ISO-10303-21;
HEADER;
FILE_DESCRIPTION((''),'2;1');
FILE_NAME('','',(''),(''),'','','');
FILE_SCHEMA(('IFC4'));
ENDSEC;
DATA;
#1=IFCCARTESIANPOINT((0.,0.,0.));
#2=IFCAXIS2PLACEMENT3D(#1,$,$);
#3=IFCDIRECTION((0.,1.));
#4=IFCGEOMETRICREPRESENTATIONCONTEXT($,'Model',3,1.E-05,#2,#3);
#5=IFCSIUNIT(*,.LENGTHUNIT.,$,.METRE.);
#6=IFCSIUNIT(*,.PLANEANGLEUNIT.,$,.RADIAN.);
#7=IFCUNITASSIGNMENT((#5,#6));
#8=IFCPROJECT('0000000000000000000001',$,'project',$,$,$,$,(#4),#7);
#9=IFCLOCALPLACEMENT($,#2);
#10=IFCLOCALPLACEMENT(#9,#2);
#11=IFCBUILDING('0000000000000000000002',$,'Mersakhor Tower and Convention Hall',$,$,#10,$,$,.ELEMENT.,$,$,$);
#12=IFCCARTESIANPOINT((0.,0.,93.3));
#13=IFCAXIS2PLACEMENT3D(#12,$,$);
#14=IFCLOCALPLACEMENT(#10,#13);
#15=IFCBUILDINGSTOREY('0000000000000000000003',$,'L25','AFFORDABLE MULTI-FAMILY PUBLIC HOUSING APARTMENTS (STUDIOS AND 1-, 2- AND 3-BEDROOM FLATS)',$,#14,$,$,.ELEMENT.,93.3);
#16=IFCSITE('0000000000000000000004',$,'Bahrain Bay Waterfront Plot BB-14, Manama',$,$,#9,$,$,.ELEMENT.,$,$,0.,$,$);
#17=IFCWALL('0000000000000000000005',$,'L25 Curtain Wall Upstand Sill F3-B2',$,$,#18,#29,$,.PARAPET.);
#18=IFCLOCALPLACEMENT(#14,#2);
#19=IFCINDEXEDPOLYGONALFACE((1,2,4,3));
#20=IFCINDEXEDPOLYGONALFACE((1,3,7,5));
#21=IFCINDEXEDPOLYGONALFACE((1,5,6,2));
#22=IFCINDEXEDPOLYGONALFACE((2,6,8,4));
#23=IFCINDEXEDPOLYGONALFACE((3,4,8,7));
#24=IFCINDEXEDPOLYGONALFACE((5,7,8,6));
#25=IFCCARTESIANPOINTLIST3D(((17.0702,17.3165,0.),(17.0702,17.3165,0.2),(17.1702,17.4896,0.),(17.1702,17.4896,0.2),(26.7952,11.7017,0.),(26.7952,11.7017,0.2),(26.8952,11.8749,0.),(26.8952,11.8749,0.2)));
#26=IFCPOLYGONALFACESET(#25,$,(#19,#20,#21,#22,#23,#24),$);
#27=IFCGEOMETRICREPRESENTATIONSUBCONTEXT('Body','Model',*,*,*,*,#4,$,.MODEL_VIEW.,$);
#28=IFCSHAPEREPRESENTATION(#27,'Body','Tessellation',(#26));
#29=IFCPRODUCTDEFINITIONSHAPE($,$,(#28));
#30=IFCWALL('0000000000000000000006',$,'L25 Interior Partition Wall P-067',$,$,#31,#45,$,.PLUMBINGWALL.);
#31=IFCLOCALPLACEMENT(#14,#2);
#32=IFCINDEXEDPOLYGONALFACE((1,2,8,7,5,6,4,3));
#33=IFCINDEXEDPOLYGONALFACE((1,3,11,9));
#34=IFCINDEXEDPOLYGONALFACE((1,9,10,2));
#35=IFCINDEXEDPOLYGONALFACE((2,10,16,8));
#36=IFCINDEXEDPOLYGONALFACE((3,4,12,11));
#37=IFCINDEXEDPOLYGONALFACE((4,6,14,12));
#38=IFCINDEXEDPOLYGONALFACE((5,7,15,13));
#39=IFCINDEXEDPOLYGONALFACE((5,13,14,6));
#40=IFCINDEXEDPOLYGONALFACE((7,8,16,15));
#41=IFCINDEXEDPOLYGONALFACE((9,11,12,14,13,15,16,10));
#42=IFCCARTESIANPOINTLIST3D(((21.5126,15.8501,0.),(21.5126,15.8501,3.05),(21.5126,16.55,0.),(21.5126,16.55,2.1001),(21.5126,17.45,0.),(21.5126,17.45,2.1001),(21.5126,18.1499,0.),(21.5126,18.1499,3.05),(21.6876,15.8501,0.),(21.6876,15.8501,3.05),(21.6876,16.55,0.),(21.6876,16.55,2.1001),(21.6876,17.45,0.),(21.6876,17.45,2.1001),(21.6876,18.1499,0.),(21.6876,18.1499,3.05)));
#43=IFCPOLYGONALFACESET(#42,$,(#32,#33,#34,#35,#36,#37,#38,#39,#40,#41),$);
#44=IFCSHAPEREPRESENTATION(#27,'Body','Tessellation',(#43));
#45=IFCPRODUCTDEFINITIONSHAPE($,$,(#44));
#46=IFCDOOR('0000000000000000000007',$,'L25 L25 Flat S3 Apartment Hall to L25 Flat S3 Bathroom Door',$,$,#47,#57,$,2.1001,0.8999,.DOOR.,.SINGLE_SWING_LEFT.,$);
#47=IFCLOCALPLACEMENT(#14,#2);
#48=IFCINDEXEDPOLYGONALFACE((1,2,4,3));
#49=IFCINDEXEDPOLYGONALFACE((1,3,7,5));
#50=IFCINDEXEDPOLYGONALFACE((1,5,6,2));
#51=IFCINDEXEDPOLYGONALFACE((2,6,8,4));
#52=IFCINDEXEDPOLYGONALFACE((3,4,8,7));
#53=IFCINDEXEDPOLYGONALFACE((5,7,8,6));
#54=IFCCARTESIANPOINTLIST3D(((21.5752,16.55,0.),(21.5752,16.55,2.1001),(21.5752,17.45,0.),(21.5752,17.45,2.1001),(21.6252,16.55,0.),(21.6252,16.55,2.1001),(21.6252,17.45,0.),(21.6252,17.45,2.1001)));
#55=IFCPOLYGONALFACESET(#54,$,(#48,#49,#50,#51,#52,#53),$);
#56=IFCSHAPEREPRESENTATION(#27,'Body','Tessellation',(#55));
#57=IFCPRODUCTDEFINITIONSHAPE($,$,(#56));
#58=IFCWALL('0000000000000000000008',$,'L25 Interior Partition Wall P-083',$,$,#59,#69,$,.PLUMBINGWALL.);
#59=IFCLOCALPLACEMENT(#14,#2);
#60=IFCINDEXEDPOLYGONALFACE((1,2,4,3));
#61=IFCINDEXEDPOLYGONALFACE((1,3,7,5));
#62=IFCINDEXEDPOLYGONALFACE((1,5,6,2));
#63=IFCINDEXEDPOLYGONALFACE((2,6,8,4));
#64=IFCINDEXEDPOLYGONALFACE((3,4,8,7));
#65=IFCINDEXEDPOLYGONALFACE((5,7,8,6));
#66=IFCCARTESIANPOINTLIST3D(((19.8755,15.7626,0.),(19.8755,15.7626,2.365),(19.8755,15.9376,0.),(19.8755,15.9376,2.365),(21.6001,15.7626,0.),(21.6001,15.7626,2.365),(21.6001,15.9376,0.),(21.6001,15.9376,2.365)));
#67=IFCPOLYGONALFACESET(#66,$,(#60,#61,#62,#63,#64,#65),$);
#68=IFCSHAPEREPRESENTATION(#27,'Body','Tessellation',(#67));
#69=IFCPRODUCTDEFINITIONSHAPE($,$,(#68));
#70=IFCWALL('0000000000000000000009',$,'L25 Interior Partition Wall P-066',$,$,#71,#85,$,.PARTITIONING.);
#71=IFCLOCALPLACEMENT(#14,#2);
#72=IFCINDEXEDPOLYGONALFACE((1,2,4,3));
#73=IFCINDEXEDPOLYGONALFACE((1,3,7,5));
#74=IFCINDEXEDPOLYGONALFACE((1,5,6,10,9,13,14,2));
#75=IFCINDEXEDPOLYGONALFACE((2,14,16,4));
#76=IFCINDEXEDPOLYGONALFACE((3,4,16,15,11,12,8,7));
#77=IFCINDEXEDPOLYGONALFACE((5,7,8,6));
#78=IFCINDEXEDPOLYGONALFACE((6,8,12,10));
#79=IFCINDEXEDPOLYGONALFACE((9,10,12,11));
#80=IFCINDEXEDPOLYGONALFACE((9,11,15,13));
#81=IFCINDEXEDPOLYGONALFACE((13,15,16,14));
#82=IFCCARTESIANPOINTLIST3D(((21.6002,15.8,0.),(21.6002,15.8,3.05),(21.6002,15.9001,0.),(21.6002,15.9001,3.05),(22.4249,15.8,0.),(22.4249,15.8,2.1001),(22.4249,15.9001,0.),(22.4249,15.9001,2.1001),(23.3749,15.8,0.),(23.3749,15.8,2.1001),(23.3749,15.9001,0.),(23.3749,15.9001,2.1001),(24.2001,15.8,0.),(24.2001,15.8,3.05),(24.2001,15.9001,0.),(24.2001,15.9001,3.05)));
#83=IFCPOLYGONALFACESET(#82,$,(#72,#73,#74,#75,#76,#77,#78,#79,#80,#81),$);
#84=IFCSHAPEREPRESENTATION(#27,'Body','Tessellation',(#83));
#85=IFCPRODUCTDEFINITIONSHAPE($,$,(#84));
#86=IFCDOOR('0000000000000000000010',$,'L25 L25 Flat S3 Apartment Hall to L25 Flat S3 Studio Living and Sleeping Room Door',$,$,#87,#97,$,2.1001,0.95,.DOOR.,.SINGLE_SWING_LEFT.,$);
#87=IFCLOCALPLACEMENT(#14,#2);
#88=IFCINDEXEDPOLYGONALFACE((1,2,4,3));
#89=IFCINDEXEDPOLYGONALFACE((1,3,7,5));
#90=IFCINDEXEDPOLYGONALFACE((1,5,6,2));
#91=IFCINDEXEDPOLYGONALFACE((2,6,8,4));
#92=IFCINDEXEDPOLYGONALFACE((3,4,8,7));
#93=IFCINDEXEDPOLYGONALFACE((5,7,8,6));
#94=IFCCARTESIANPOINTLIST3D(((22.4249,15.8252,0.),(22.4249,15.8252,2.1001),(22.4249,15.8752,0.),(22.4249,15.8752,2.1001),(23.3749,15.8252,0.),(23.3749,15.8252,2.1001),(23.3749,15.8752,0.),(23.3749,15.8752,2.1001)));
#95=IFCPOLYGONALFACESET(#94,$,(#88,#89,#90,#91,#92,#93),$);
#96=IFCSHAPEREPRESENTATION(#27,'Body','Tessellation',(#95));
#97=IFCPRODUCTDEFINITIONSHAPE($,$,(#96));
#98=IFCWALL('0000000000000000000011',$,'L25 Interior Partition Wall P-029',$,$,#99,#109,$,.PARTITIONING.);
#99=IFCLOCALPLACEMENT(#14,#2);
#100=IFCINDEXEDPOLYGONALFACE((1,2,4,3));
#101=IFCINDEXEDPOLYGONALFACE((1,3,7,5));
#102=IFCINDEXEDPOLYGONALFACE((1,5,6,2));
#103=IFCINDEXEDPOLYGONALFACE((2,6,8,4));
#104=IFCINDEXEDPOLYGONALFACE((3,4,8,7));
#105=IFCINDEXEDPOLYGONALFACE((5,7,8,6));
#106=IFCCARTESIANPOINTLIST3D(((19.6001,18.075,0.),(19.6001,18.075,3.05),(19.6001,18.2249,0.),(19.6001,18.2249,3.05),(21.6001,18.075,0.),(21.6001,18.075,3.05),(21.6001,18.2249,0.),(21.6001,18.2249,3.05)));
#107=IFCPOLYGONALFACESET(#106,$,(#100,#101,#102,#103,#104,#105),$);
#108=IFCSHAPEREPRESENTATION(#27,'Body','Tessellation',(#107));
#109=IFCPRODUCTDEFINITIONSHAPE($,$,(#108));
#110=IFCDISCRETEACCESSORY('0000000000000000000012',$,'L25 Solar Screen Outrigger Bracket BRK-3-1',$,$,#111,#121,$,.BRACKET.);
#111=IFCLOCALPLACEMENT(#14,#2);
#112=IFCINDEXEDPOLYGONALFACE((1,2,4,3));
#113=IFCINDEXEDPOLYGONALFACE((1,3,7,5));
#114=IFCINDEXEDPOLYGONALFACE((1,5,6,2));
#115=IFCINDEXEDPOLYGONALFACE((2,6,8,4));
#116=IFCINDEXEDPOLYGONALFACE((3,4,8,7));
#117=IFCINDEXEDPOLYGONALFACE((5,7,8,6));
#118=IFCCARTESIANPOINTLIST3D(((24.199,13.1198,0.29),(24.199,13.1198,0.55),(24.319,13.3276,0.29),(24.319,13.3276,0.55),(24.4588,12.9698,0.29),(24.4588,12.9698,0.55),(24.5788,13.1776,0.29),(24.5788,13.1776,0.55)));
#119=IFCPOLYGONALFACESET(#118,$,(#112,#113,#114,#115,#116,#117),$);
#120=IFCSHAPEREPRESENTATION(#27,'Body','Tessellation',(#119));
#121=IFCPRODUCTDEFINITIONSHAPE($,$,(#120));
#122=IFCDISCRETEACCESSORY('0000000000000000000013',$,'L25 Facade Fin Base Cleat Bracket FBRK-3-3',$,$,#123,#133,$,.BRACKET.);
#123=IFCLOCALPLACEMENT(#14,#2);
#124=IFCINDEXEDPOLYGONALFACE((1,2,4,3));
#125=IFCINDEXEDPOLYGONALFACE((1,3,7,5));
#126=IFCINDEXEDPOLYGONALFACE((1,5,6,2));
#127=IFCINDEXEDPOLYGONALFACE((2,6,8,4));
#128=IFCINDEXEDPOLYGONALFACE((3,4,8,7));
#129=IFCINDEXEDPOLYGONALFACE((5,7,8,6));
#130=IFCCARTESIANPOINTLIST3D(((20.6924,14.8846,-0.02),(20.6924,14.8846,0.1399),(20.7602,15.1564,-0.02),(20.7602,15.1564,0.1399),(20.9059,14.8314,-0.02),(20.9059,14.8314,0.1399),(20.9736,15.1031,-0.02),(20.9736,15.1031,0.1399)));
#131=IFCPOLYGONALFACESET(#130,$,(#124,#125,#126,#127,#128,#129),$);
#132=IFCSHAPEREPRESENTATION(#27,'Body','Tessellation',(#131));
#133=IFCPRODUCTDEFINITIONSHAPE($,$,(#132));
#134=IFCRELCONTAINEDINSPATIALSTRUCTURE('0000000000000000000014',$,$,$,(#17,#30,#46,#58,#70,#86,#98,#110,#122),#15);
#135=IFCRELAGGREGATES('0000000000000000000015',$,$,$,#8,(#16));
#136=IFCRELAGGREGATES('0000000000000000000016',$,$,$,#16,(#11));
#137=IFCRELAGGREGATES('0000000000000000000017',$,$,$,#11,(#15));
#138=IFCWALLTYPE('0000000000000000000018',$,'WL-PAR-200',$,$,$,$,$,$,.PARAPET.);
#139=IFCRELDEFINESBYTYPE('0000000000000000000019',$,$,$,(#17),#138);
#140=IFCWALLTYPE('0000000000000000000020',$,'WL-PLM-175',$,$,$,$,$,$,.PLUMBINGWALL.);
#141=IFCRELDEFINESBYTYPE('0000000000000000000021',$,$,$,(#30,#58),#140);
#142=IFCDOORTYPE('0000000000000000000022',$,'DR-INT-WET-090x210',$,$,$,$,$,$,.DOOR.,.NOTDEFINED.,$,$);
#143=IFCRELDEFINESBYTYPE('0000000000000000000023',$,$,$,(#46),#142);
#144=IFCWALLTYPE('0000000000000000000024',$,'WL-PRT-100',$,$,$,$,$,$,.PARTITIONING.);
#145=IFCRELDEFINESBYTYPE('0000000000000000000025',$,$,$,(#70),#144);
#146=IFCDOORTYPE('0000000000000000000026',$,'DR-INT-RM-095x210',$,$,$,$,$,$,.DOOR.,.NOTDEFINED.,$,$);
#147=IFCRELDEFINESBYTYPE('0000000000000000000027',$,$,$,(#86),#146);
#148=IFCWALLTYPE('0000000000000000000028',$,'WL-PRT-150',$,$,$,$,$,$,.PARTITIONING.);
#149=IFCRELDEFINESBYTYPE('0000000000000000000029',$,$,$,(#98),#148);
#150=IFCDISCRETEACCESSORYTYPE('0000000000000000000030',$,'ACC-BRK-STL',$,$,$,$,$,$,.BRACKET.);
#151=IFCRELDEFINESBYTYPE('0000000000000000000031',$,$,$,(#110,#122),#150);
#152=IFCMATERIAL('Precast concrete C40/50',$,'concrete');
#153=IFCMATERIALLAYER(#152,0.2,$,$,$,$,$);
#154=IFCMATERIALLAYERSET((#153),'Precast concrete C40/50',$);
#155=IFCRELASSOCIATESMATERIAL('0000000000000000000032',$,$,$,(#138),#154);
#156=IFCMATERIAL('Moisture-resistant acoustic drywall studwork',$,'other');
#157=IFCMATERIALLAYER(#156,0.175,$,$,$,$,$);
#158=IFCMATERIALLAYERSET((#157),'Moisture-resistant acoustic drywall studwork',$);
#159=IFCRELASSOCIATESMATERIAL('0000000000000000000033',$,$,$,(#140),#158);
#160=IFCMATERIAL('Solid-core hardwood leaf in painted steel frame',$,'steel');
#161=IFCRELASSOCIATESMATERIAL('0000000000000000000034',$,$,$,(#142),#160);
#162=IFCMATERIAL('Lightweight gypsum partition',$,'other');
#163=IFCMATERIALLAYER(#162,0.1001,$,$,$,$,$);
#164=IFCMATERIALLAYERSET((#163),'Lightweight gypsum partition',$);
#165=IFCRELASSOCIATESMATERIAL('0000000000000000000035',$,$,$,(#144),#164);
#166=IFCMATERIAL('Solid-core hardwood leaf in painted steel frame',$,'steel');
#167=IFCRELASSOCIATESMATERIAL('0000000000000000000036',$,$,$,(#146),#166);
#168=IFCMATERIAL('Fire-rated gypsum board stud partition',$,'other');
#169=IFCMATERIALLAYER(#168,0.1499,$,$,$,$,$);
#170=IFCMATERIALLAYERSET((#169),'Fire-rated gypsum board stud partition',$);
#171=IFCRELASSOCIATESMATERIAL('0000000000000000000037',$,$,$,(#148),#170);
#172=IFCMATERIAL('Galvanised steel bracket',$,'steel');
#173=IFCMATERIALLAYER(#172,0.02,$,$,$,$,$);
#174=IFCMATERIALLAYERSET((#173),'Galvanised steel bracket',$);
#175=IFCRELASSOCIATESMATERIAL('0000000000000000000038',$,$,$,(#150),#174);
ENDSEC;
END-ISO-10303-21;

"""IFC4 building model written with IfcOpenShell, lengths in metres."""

from ifc_helpers import new_model, si_unit, direction, frame, frame_2d, origin, origin_2d, place, context, subcontext, project, spatial, rectangle, extrude, material, layer, layer_set, type_object, element, fill, save


model = new_model("IFC4")

# Units and contexts
model_context = context("Model", 3, precision=1e-05, world=origin(), true_north=direction((0.0, 1.0)))
body_context = subcontext(model_context, "Body", "Model", "MODEL_VIEW")
ifc_project = project(units=[si_unit("LENGTHUNIT", "METRE"), si_unit("PLANEANGLEUNIT", "RADIAN")], contexts=[model_context])

# Site, building, storey
site_placement = place(None, origin())
site = spatial("IfcSite", under=ifc_project, at=site_placement, Name="Bahrain Bay Waterfront Plot BB-14, Manama", CompositionType="ELEMENT", RefElevation=0.0)
building_placement = place(site_placement, origin())
building = spatial("IfcBuilding", under=site, at=building_placement, Name="Mersakhor Tower and Convention Hall", CompositionType="ELEMENT")
storey_placement = place(building_placement, frame((0.0, 0.0, 93.3)))
storey = spatial("IfcBuildingStorey", under=building, at=storey_placement, Name="L25", Description="AFFORDABLE MULTI-FAMILY PUBLIC HOUSING APARTMENTS (STUDIOS AND 1-, 2- AND 3-BEDROOM FLATS)", CompositionType="ELEMENT", Elevation=93.3)

# Wall
ifc_material_1 = material(Name="Precast concrete C40/50", Category="concrete")
ifc_layer_1 = layer(ifc_material_1, 0.2)
ifc_layer_set_1 = layer_set([ifc_layer_1], Name="Precast concrete C40/50")
wall_type_1 = type_object("IfcWallType", Name="WL-PAR-200", PredefinedType="PARAPET", material=ifc_layer_set_1)
wall_1_placement = place(storey_placement, frame((26.8452, 11.7883, 0.0), z_axis=(0.0, 0.0, 1.0), x_axis=(-0.866027, 0.499997, 0.0)))
element("IfcWall", 1, at=wall_1_placement, inside=storey, type_object=wall_type_1, Name="L25 Curtain Wall Upstand Sill F3-B2", PredefinedType="PARAPET", context=body_context, shape_type="SweptSolid", body=[
    extrude(rectangle(XDim=11.2295, YDim=0.2, at=frame_2d((5.6147, 0.0))), origin(), (0.0, 0.0, 1.0), 0.2),
])

# Wall, opening, door
ifc_material_2 = material(Name="Moisture-resistant acoustic drywall studwork", Category="other")
ifc_layer_2 = layer(ifc_material_2, 0.175)
ifc_layer_set_2 = layer_set([ifc_layer_2], Name="Moisture-resistant acoustic drywall studwork")
wall_type_2 = type_object("IfcWallType", Name="WL-PLM-175", PredefinedType="PLUMBINGWALL", material=ifc_layer_set_2)
wall_2_placement = place(storey_placement, frame((21.6001, 15.8501, 0.0), z_axis=(0.0, 0.0, 1.0), x_axis=(0.0, 1.0, 0.0)))
wall_2 = element("IfcWall", 2, at=wall_2_placement, inside=storey, type_object=wall_type_2, Name="L25 Interior Partition Wall P-067", PredefinedType="PLUMBINGWALL", context=body_context, shape_type="SweptSolid", body=[
    extrude(rectangle(XDim=2.2998, YDim=0.175, at=frame_2d((1.1499, 0.0))), origin(), (0.0, 0.0, 1.0), 3.05),
])
opening_1_placement = place(wall_2_placement, frame((0.7, 0.0, 0.0)))
opening_1 = element("IfcOpeningElement", 3, at=opening_1_placement, cuts=wall_2, PredefinedType="OPENING", context=body_context, shape_type="SweptSolid", body=[
    extrude(rectangle(XDim=0.8999, YDim=2.1001, at=frame_2d((0.45, 1.05))), frame((0.0, 0.0974, 0.0), z_axis=(0.0, -1.0, 0.0), x_axis=(1.0, 0.0, 0.0)), (0.0, 0.0, 1.0), 0.1951),
])
ifc_material_3 = material(Name="Solid-core hardwood leaf in painted steel frame", Category="steel")
door_type_1 = type_object("IfcDoorType", Name="DR-INT-WET-090x210", OperationType="NOTDEFINED", PredefinedType="DOOR", material=ifc_material_3)
door_1_placement = place(opening_1_placement, origin())
door_1 = element("IfcDoor", 4, at=door_1_placement, inside=storey, type_object=door_type_1, Name="L25 L25 Flat S3 Apartment Hall to L25 Flat S3 Bathroom Door", OperationType="SINGLE_SWING_LEFT", OverallHeight=2.1001, OverallWidth=0.8999, PredefinedType="DOOR", context=body_context, shape_type="SweptSolid", body=[
    extrude(rectangle(XDim=0.8999, YDim=2.1001, at=frame_2d((0.45, 1.05))), frame((0.0, 0.0249, 0.0), z_axis=(0.0, -1.0, 0.0), x_axis=(1.0, 0.0, 0.0)), (0.0, 0.0, 1.0), 0.05),
])
fill(opening_1, door_1)

# Wall
wall_3_placement = place(storey_placement, frame((21.6001, 15.8501, 0.0), z_axis=(0.0, 0.0, 1.0), x_axis=(-1.0, 0.0, 0.0)))
element("IfcWall", 5, at=wall_3_placement, inside=storey, type_object=wall_type_2, Name="L25 Interior Partition Wall P-083", PredefinedType="PLUMBINGWALL", context=body_context, shape_type="SweptSolid", body=[
    extrude(rectangle(XDim=1.7246, YDim=0.175, at=frame_2d((0.8623, 0.0))), origin(), (0.0, 0.0, 1.0), 2.365),
])

# Wall, opening, door
ifc_material_4 = material(Name="Lightweight gypsum partition", Category="other")
ifc_layer_3 = layer(ifc_material_4, 0.1001)
ifc_layer_set_3 = layer_set([ifc_layer_3], Name="Lightweight gypsum partition")
wall_type_3 = type_object("IfcWallType", Name="WL-PRT-100", PredefinedType="PARTITIONING", material=ifc_layer_set_3)
wall_4_placement = place(storey_placement, frame((24.2, 15.8501, 0.0), z_axis=(0.0, 0.0, 1.0), x_axis=(-1.0, 0.0, 0.0)))
wall_4 = element("IfcWall", 6, at=wall_4_placement, inside=storey, type_object=wall_type_3, Name="L25 Interior Partition Wall P-066", PredefinedType="PARTITIONING", context=body_context, shape_type="SweptSolid", body=[
    extrude(rectangle(XDim=2.5999, YDim=0.1001, at=frame_2d((1.2998, 0.0))), origin(), (0.0, 0.0, 1.0), 3.05),
])
opening_2_placement = place(wall_4_placement, frame((0.825, 0.0, 0.0)))
opening_2 = element("IfcOpeningElement", 7, at=opening_2_placement, cuts=wall_4, PredefinedType="OPENING", context=body_context, shape_type="SweptSolid", body=[
    extrude(rectangle(XDim=0.95, YDim=2.1001, at=frame_2d((0.4751, 1.05))), frame((0.0, 0.0601, 0.0), z_axis=(0.0, -1.0, 0.0), x_axis=(1.0, 0.0, 0.0)), (0.0, 0.0, 1.0), 0.1201),
])
ifc_material_5 = material(Name="Solid-core hardwood leaf in painted steel frame", Category="steel")
door_type_2 = type_object("IfcDoorType", Name="DR-INT-RM-095x210", OperationType="NOTDEFINED", PredefinedType="DOOR", material=ifc_material_5)
door_2_placement = place(opening_2_placement, origin())
door_2 = element("IfcDoor", 8, at=door_2_placement, inside=storey, type_object=door_type_2, Name="L25 L25 Flat S3 Apartment Hall to L25 Flat S3 Studio Living and Sleeping Room Door", OperationType="SINGLE_SWING_LEFT", OverallHeight=2.1001, OverallWidth=0.95, PredefinedType="DOOR", context=body_context, shape_type="SweptSolid", body=[
    extrude(rectangle(XDim=0.95, YDim=2.1001, at=frame_2d((0.4751, 1.05))), frame((0.0, 0.0249, 0.0), z_axis=(0.0, -1.0, 0.0), x_axis=(1.0, 0.0, 0.0)), (0.0, 0.0, 1.0), 0.05),
])
fill(opening_2, door_2)
ifc_material_6 = material(Name="Fire-rated gypsum board stud partition", Category="other")
ifc_layer_4 = layer(ifc_material_6, 0.1499)
ifc_layer_set_4 = layer_set([ifc_layer_4], Name="Fire-rated gypsum board stud partition")
wall_type_4 = type_object("IfcWallType", Name="WL-PRT-150", PredefinedType="PARTITIONING", material=ifc_layer_set_4)

# Wall
wall_5_placement = place(storey_placement, frame((21.6001, 18.1499, 0.0), z_axis=(0.0, 0.0, 1.0), x_axis=(-1.0, 0.0, 0.0)))
element("IfcWall", 9, at=wall_5_placement, inside=storey, type_object=wall_type_4, Name="L25 Interior Partition Wall P-029", PredefinedType="PARTITIONING", context=body_context, shape_type="SweptSolid", body=[
    extrude(rectangle(XDim=2.0, YDim=0.1499, at=frame_2d((1.0, 0.0))), origin(), (0.0, 0.0, 1.0), 3.05),
])

# Discrete accessories
ifc_material_7 = material(Name="Galvanised steel bracket", Category="steel")
ifc_layer_5 = layer(ifc_material_7, 0.02)
ifc_layer_set_5 = layer_set([ifc_layer_5], Name="Galvanised steel bracket")
discrete_accessory_type = type_object("IfcDiscreteAccessoryType", Name="ACC-BRK-STL", PredefinedType="BRACKET", material=ifc_layer_set_5)
discrete_accessory_1_placement = place(storey_placement, frame((24.3889, 13.1487, 0.29), z_axis=(0.0, 0.0, 1.0), x_axis=(-0.866025, 0.5, 0.0)))
element("IfcDiscreteAccessory", 10, at=discrete_accessory_1_placement, inside=storey, type_object=discrete_accessory_type, Name="L25 Solar Screen Outrigger Bracket BRK-3-1", PredefinedType="BRACKET", context=body_context, shape_type="SweptSolid", body=[
    extrude(rectangle(XDim=0.3, YDim=0.24, at=origin_2d()), origin(), (0.0, 0.0, 1.0), 0.26),
])
discrete_accessory_2_placement = place(storey_placement, frame((20.833, 14.9939, -0.02), z_axis=(0.0, 0.0, 1.0), x_axis=(-0.241922, -0.970296, 0.0)))
element("IfcDiscreteAccessory", 11, at=discrete_accessory_2_placement, inside=storey, type_object=discrete_accessory_type, Name="L25 Facade Fin Base Cleat Bracket FBRK-3-3", PredefinedType="BRACKET", context=body_context, shape_type="SweptSolid", body=[
    extrude(rectangle(XDim=0.28, YDim=0.22, at=origin_2d()), origin(), (0.0, 0.0, 1.0), 0.1599),
])

save(model, "model.ifc")
